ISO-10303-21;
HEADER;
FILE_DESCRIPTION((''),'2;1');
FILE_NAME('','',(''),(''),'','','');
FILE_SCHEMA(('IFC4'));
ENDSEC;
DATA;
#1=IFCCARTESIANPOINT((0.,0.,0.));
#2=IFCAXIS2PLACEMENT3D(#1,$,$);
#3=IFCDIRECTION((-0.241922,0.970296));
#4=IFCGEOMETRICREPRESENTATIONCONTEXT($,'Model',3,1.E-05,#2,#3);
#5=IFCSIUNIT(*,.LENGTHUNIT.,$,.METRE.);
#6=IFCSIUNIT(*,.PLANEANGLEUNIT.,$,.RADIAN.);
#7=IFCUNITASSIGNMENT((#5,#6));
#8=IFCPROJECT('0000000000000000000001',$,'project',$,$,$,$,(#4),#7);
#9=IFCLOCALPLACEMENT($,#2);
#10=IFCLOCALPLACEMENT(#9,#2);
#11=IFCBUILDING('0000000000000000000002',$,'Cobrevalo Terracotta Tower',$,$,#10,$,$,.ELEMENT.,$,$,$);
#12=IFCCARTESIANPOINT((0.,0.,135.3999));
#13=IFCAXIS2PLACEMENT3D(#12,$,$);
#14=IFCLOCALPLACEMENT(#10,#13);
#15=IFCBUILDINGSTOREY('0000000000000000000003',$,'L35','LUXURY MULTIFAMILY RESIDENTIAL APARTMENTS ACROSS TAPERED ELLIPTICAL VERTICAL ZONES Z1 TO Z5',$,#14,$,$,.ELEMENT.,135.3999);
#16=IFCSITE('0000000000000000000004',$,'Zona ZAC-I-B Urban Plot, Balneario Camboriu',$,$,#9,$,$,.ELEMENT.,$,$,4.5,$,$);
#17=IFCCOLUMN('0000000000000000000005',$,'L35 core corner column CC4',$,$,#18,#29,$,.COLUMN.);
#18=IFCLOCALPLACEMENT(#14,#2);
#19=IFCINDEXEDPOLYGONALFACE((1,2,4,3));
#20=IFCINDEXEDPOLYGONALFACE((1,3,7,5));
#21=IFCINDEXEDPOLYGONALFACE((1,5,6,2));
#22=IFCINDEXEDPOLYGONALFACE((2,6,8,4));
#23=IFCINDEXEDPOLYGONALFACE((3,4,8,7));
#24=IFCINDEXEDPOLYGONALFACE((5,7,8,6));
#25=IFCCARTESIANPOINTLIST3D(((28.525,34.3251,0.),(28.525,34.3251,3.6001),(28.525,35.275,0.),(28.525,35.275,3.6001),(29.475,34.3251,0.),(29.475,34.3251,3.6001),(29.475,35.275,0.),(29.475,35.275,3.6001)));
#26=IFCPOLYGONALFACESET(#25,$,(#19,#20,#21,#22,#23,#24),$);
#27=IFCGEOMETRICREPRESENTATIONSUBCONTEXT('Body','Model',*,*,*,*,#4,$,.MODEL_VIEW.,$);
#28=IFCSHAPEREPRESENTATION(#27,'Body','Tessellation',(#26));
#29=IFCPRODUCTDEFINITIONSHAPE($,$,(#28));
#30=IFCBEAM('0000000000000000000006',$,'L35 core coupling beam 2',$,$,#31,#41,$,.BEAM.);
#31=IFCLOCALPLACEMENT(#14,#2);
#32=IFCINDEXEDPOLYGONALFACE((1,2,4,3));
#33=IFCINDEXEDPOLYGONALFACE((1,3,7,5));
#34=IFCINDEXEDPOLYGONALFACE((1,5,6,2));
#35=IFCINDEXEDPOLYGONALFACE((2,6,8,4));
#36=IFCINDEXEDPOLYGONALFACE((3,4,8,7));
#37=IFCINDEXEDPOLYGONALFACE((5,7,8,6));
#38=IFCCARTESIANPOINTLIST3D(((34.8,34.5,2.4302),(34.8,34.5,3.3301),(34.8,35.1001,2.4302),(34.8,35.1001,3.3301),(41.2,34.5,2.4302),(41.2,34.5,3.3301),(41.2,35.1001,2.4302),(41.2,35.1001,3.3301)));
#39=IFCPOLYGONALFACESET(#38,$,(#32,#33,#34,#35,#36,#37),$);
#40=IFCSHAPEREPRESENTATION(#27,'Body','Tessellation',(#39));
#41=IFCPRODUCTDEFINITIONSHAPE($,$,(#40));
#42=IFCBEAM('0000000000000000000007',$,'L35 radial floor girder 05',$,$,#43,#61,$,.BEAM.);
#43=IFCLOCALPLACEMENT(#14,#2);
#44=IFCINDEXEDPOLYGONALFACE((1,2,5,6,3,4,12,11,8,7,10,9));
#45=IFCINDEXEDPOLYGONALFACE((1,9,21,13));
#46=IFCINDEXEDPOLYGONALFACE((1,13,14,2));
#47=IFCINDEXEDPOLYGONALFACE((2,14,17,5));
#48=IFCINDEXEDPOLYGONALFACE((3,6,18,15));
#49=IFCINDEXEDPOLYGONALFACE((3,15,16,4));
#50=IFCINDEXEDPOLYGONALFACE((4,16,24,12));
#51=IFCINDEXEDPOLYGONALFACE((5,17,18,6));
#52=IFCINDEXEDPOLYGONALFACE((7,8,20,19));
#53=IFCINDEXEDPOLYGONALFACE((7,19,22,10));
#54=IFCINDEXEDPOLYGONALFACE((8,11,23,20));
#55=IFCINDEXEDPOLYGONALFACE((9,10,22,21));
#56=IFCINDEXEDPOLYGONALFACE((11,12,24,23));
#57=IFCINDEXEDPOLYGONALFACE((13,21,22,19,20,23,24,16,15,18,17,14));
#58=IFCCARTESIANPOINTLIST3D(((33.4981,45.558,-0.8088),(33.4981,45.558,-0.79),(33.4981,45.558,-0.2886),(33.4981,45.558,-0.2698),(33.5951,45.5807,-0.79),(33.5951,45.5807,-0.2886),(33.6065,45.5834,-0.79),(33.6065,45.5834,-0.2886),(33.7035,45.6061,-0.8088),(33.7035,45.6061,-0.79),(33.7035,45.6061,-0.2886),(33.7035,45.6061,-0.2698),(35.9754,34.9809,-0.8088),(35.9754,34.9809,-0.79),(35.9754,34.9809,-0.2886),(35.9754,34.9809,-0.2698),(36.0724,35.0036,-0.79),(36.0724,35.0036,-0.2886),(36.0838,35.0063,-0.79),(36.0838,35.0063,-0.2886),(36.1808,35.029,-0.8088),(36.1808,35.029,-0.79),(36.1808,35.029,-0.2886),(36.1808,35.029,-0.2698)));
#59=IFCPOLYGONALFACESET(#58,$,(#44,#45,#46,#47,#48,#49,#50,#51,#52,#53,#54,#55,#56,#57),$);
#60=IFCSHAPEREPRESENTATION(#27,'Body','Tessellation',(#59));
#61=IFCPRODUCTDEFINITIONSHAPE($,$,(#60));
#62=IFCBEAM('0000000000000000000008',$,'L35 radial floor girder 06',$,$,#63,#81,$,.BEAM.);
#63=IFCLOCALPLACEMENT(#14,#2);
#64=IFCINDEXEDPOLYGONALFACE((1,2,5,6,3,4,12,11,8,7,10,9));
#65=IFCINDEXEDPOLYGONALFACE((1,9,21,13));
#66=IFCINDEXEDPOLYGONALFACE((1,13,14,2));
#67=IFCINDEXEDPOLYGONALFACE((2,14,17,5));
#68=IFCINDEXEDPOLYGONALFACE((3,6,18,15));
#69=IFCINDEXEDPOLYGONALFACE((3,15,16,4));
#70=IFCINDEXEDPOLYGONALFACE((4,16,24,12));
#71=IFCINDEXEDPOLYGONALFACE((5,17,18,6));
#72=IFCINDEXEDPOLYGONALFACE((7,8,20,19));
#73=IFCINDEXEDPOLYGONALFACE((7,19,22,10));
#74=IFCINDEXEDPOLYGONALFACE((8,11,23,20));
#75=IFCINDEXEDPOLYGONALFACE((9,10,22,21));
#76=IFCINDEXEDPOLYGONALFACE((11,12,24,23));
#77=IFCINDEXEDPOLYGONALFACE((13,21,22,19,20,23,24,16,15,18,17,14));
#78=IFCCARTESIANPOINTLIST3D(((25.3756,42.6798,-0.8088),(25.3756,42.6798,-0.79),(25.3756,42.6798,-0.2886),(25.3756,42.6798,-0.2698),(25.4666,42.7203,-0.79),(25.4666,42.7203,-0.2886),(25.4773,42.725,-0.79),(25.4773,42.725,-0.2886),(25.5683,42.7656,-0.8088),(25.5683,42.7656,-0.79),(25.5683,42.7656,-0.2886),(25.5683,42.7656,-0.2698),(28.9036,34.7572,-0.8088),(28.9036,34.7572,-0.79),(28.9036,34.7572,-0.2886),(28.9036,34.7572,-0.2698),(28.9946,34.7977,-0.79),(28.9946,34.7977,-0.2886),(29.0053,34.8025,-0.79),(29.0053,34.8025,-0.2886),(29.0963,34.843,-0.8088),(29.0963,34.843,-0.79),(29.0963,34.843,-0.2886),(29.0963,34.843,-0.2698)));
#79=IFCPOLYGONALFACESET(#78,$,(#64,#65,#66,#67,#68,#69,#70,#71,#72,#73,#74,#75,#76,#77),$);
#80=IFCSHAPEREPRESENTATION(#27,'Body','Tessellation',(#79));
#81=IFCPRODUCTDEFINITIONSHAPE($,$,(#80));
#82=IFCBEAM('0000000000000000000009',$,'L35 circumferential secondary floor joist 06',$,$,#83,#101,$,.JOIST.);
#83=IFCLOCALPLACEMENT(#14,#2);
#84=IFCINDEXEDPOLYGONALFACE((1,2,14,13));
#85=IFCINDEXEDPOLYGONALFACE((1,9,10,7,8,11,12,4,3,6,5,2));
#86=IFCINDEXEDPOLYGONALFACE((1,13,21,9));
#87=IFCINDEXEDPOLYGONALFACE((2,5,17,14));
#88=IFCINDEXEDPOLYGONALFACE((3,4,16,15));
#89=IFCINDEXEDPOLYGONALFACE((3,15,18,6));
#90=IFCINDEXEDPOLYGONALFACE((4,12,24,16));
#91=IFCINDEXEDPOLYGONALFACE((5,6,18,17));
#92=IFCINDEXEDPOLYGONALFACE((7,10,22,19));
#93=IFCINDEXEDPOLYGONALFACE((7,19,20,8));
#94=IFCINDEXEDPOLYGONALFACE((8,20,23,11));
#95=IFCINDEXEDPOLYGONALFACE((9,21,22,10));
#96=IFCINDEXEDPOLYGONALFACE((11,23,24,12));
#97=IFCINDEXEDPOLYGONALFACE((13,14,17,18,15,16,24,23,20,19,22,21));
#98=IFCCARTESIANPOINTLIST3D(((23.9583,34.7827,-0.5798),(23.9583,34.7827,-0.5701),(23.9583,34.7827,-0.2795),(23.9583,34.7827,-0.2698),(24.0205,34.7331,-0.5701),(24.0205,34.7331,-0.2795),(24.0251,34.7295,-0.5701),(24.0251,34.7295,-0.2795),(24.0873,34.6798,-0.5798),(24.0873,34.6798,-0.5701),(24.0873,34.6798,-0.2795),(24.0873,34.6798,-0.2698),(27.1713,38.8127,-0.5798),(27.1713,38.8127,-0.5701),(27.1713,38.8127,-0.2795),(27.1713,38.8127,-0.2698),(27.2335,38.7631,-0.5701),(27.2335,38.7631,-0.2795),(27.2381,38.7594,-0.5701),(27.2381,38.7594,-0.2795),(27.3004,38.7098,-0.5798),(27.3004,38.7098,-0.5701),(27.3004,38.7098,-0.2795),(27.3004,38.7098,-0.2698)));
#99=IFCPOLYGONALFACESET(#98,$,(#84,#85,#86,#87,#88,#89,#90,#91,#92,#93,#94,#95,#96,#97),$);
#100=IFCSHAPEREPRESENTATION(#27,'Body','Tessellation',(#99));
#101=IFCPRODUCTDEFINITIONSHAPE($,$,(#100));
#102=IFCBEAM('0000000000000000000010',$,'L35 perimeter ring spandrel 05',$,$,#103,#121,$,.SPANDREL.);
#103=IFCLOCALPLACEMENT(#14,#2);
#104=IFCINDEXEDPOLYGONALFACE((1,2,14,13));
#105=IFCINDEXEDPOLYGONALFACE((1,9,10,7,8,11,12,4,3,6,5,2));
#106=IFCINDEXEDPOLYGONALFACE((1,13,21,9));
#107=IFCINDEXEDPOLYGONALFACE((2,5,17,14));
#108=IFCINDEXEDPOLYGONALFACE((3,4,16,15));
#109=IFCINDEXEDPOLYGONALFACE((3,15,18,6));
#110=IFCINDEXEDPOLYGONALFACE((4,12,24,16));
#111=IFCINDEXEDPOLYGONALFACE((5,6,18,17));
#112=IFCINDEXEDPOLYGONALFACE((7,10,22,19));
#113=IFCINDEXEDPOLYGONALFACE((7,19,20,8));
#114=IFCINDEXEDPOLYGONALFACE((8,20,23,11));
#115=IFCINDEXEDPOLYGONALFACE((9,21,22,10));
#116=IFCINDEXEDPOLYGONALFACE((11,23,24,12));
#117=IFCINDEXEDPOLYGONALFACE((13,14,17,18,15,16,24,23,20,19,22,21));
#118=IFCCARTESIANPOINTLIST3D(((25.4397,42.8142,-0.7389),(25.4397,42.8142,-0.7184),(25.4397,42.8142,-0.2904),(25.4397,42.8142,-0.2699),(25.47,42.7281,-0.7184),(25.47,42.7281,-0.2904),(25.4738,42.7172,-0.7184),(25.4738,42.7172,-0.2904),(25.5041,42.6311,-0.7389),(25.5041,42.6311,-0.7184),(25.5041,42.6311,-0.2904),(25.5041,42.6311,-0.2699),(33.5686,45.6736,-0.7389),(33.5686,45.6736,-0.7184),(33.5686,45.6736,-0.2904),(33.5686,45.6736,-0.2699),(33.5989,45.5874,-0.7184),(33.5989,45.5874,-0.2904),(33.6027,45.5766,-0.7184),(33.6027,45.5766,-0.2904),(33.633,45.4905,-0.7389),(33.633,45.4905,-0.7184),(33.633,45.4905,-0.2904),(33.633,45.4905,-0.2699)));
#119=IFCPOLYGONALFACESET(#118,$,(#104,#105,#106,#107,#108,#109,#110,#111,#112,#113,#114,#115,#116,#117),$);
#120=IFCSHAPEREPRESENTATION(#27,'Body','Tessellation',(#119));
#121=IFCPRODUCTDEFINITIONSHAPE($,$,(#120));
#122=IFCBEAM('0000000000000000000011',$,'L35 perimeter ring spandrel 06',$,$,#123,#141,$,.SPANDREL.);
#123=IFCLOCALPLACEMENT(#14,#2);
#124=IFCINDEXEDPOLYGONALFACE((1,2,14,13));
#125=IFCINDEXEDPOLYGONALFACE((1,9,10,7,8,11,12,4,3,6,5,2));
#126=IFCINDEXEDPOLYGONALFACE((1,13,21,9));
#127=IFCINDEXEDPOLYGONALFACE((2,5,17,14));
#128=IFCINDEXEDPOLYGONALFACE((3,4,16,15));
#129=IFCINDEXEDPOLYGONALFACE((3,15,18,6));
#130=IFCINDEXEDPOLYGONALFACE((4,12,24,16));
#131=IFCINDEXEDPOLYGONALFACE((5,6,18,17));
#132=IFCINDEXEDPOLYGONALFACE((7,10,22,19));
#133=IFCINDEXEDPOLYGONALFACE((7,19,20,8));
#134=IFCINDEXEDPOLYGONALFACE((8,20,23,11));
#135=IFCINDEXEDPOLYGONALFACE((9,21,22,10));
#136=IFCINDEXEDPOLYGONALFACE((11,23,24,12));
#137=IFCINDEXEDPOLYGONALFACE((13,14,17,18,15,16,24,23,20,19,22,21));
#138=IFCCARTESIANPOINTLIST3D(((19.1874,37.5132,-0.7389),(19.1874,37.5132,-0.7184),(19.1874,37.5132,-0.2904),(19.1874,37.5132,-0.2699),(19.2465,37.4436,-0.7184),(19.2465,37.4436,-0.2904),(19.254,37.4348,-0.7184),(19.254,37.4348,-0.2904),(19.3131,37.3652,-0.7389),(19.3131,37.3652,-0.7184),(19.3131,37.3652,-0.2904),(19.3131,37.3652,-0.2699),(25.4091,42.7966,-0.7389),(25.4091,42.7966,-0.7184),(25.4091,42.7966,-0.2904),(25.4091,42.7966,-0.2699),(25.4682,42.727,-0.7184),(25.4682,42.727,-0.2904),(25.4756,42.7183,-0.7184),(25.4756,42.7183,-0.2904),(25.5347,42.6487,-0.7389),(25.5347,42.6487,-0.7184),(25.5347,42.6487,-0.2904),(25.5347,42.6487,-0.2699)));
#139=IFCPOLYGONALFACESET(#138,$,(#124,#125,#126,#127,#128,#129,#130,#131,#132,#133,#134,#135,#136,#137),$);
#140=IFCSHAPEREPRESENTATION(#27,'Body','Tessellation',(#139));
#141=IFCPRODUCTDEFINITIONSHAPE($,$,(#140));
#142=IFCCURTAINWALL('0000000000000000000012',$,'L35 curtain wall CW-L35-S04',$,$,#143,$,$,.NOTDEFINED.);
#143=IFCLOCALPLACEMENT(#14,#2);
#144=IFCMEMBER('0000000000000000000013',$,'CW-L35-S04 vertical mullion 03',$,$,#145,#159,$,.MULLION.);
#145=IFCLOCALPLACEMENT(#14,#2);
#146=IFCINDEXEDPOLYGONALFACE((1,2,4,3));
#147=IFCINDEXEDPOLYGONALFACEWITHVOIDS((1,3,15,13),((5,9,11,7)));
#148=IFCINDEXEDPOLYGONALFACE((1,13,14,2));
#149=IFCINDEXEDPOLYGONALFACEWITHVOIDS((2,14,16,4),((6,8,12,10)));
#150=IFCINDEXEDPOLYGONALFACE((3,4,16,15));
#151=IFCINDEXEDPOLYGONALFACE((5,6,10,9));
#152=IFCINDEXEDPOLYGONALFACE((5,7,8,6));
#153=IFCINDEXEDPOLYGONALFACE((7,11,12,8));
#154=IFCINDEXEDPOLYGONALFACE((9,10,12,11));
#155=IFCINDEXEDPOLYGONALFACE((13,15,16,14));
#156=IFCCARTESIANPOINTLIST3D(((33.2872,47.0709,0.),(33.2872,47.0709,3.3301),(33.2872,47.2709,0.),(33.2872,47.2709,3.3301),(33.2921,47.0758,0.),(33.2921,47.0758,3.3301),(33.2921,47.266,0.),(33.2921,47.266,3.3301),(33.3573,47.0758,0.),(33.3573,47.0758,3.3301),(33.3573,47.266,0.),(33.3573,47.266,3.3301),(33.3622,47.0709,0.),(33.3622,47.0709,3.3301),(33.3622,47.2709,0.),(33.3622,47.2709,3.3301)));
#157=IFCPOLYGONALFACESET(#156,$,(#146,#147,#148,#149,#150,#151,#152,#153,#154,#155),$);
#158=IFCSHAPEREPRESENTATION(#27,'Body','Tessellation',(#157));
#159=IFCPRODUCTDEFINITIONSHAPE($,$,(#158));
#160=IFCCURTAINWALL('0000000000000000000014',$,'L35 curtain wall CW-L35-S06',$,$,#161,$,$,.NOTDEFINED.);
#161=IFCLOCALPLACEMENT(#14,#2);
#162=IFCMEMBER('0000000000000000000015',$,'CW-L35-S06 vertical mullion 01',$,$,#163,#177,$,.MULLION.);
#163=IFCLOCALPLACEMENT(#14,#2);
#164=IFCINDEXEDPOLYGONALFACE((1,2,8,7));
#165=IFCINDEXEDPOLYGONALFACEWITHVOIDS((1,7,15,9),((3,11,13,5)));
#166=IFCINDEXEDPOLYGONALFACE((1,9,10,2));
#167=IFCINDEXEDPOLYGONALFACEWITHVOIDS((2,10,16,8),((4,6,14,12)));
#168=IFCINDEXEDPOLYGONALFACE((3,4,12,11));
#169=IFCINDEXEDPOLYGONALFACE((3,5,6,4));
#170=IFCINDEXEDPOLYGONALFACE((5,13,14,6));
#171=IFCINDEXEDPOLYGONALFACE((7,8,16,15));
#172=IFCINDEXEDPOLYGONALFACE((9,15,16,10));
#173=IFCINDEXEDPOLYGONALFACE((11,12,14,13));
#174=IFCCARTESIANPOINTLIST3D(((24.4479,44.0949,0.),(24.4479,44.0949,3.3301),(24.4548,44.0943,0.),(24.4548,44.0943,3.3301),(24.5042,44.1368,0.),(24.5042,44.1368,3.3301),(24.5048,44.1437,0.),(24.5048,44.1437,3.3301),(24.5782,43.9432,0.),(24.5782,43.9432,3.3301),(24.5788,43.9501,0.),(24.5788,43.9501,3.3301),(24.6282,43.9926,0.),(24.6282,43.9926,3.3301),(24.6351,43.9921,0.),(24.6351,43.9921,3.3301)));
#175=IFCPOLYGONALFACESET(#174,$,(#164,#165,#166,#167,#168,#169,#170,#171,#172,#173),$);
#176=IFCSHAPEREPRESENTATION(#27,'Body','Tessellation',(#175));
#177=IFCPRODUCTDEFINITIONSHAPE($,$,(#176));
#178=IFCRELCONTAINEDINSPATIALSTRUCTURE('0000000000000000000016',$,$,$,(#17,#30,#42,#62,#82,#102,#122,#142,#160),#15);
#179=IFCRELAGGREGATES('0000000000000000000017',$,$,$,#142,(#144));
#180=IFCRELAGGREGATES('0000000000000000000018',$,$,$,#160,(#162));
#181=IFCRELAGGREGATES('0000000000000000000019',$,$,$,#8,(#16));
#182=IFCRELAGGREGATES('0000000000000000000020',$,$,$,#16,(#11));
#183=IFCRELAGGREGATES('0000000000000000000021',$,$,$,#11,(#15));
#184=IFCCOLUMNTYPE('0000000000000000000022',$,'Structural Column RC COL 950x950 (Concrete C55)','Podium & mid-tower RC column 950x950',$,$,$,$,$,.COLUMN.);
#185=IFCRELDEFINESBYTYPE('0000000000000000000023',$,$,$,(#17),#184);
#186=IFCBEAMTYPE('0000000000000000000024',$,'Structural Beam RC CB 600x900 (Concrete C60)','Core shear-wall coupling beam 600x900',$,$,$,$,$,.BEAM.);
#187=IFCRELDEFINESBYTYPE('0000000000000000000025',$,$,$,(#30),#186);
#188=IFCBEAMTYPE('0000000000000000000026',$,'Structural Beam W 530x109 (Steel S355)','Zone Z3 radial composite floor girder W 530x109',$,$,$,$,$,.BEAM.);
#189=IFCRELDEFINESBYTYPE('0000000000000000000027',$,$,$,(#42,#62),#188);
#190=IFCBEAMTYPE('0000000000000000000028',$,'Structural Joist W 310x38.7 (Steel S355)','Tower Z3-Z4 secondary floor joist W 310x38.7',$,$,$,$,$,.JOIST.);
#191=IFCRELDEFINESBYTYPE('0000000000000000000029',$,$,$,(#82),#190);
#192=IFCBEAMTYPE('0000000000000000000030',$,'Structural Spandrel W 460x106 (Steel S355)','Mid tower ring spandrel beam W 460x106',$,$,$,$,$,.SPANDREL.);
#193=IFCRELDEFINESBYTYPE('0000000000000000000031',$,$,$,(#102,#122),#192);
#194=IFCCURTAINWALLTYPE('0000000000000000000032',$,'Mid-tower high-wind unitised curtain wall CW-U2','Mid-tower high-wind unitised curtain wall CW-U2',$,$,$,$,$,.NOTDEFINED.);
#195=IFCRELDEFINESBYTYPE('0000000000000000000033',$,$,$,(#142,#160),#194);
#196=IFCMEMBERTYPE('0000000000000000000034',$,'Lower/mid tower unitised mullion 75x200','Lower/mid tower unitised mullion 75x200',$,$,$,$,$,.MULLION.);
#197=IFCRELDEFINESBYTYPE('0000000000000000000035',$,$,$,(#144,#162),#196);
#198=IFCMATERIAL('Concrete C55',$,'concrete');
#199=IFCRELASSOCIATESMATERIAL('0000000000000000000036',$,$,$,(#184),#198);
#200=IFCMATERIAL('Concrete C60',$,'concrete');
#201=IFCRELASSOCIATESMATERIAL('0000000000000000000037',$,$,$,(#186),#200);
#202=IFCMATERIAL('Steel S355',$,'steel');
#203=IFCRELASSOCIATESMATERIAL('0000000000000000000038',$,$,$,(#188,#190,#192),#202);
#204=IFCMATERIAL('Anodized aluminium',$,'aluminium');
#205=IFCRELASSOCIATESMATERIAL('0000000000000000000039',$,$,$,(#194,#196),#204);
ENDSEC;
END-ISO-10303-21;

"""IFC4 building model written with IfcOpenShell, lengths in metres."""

from ifc_helpers import new_model, si_unit, direction, frame, origin, origin_2d, place, context, subcontext, project, spatial, rectangle, hollow_rectangle, i_section, extrude, source, transform, mapped, material, material_profile, profile_set, type_object, element, aggregate, save


model = new_model("IFC4")

# Units and contexts
model_context = context("Model", 3, precision=1e-05, world=origin(), true_north=direction((-0.241922, 0.970296)))
body_context = subcontext(model_context, "Body", "Model", "MODEL_VIEW")
ifc_project = project(units=[si_unit("LENGTHUNIT", "METRE"), si_unit("PLANEANGLEUNIT", "RADIAN")], contexts=[model_context])

# Site, building, storey
site_placement = place(None, origin())
site = spatial("IfcSite", under=ifc_project, at=site_placement, Name="Zona ZAC-I-B Urban Plot, Balneario Camboriu", CompositionType="ELEMENT", RefElevation=4.5)
building_placement = place(site_placement, origin())
building = spatial("IfcBuilding", under=site, at=building_placement, Name="Cobrevalo Terracotta Tower", CompositionType="ELEMENT")
storey_placement = place(building_placement, frame((0.0, 0.0, 135.3999)))
storey = spatial("IfcBuildingStorey", under=building, at=storey_placement, Name="L35", Description="LUXURY MULTIFAMILY RESIDENTIAL APARTMENTS ACROSS TAPERED ELLIPTICAL VERTICAL ZONES Z1 TO Z5", CompositionType="ELEMENT", Elevation=135.3999)

# Column
ifc_material_1 = material(Name="Steel S355", Category="steel")
ifc_material_2 = material(Name="Concrete C55", Category="concrete")
ifc_material_profile_1 = material_profile(ifc_material_2, rectangle(XDim=0.95, YDim=0.95, at=origin_2d()), Name="RC COL 950x950")
ifc_profile_set_1 = profile_set([ifc_material_profile_1], Name="Concrete C55")
column_type_1 = type_object("IfcColumnType", Name="Structural Column RC COL 950x950 (Concrete C55)", Description="Podium & mid-tower RC column 950x950", PredefinedType="COLUMN", material=ifc_profile_set_1)
column_placement = place(storey_placement, frame((29.0, 34.8, 0.0), z_axis=(0.0, 0.0, 1.0), x_axis=(1.0, 0.0, 0.0)))
element("IfcColumn", 1, at=column_placement, inside=storey, type_object=column_type_1, Name="L35 core corner column CC4", PredefinedType="COLUMN", context=body_context, shape_type="SweptSolid", body=[
    extrude(rectangle(XDim=0.95, YDim=0.95, at=origin_2d()), origin(), (0.0, 0.0, 1.0), 3.6001),
])

# Beams
ifc_material_3 = material(Name="Concrete C60", Category="concrete")
ifc_material_profile_2 = material_profile(ifc_material_3, rectangle(XDim=0.6001, YDim=0.8999, at=origin_2d()), Name="RC CB 600x900")
ifc_profile_set_2 = profile_set([ifc_material_profile_2], Name="Concrete C60")
beam_type_1 = type_object("IfcBeamType", Name="Structural Beam RC CB 600x900 (Concrete C60)", Description="Core shear-wall coupling beam 600x900", PredefinedType="BEAM", material=ifc_profile_set_2)
beam_1_placement = place(storey_placement, frame((34.8, 34.8, 2.8801), z_axis=(1.0, 0.0, 0.0), x_axis=(0.0, 1.0, 0.0)))
element("IfcBeam", 2, at=beam_1_placement, inside=storey, type_object=beam_type_1, Name="L35 core coupling beam 2", PredefinedType="BEAM", context=body_context, shape_type="SweptSolid", body=[
    extrude(rectangle(XDim=0.6001, YDim=0.8999, at=origin_2d()), origin(), (0.0, 0.0, 1.0), 6.3999),
])
ifc_material_profile_3 = material_profile(ifc_material_1, i_section(OverallWidth=0.2109, OverallDepth=0.5391, WebThickness=0.0117, FlangeThickness=0.0188, at=origin_2d()), Name="W 530x109")
ifc_profile_set_3 = profile_set([ifc_material_profile_3], Name="Steel S355")
beam_type_2 = type_object("IfcBeamType", Name="Structural Beam W 530x109 (Steel S355)", Description="Zone Z3 radial composite floor girder W 530x109", PredefinedType="BEAM", material=ifc_profile_set_3)
beam_2_placement = place(storey_placement, frame((33.6008, 45.582, -0.5393), z_axis=(0.228041, -0.973652, 0.0), x_axis=(0.973652, 0.228041, 0.0)))
element("IfcBeam", 3, at=beam_2_placement, inside=storey, type_object=beam_type_2, Name="L35 radial floor girder 05", PredefinedType="BEAM", context=body_context, shape_type="SweptSolid", body=[
    extrude(i_section(OverallWidth=0.2109, OverallDepth=0.5391, WebThickness=0.0117, FlangeThickness=0.0188, at=origin_2d()), origin(), (0.0, 0.0, 1.0), 10.8633),
])
beam_3_placement = place(storey_placement, frame((25.4719, 42.7227, -0.5393), z_axis=(0.406804, -0.913515, 0.0), x_axis=(0.913515, 0.406804, 0.0)))
element("IfcBeam", 4, at=beam_3_placement, inside=storey, type_object=beam_type_2, Name="L35 radial floor girder 06", PredefinedType="BEAM", context=body_context, shape_type="SweptSolid", body=[
    extrude(i_section(OverallWidth=0.2109, OverallDepth=0.5391, WebThickness=0.0117, FlangeThickness=0.0188, at=origin_2d()), origin(), (0.0, 0.0, 1.0), 8.6726),
])
ifc_material_profile_4 = material_profile(ifc_material_1, i_section(OverallWidth=0.165, OverallDepth=0.3101, WebThickness=0.0059, FlangeThickness=0.0098, at=origin_2d()), Name="W 310x38.7")
ifc_profile_set_4 = profile_set([ifc_material_profile_4], Name="Steel S355")
beam_type_3 = type_object("IfcBeamType", Name="Structural Joist W 310x38.7 (Steel S355)", Description="Tower Z3-Z4 secondary floor joist W 310x38.7", PredefinedType="JOIST", material=ifc_profile_set_4)
beam_4_placement = place(storey_placement, frame((27.2358, 38.7612, -0.4248), z_axis=(-0.623406, -0.781898, 0.0), x_axis=(0.781898, -0.623406, 0.0)))
element("IfcBeam", 5, at=beam_4_placement, inside=storey, type_object=beam_type_3, Name="L35 circumferential secondary floor joist 06", PredefinedType="JOIST", context=body_context, shape_type="SweptSolid", body=[
    extrude(i_section(OverallWidth=0.165, OverallDepth=0.3101, WebThickness=0.0059, FlangeThickness=0.0098, at=origin_2d()), origin(), (0.0, 0.0, 1.0), 5.1541),
])
ifc_material_profile_5 = material_profile(ifc_material_1, i_section(OverallWidth=0.1941, OverallDepth=0.469, WebThickness=0.0115, FlangeThickness=0.0205, at=origin_2d()), Name="W 460x106")
ifc_profile_set_5 = profile_set([ifc_material_profile_5], Name="Steel S355")
beam_type_4 = type_object("IfcBeamType", Name="Structural Spandrel W 460x106 (Steel S355)", Description="Mid tower ring spandrel beam W 460x106", PredefinedType="SPANDREL", material=ifc_profile_set_5)
beam_5_placement = place(storey_placement, frame((33.6008, 45.582, -0.5044), z_axis=(-0.943341, -0.331824, 0.0), x_axis=(0.331824, -0.943341, 0.0)))
element("IfcBeam", 6, at=beam_5_placement, inside=storey, type_object=beam_type_4, Name="L35 perimeter ring spandrel 05", PredefinedType="SPANDREL", context=body_context, shape_type="SweptSolid", body=[
    extrude(i_section(OverallWidth=0.1941, OverallDepth=0.469, WebThickness=0.0115, FlangeThickness=0.0205, at=origin_2d()), origin(), (0.0, 0.0, 1.0), 8.6172),
])
beam_6_placement = place(storey_placement, frame((25.4719, 42.7227, -0.5044), z_axis=(-0.76224, -0.647294, 0.0), x_axis=(0.647294, -0.76224, 0.0)))
element("IfcBeam", 7, at=beam_6_placement, inside=storey, type_object=beam_type_4, Name="L35 perimeter ring spandrel 06", PredefinedType="SPANDREL", context=body_context, shape_type="SweptSolid", body=[
    extrude(i_section(OverallWidth=0.1941, OverallDepth=0.469, WebThickness=0.0115, FlangeThickness=0.0205, at=origin_2d()), origin(), (0.0, 0.0, 1.0), 8.1624),
])

# Curtain walls, members
ifc_material_4 = material(Name="Anodized aluminium", Category="aluminium")
curtain_wall_type = type_object("IfcCurtainWallType", Name="Mid-tower high-wind unitised curtain wall CW-U2", Description="Mid-tower high-wind unitised curtain wall CW-U2", PredefinedType="NOTDEFINED", material=ifc_material_4)
curtain_wall_1_placement = place(storey_placement, origin())
curtain_wall_1 = element("IfcCurtainWall", 8, at=curtain_wall_1_placement, inside=storey, type_object=curtain_wall_type, Name="L35 curtain wall CW-L35-S04", PredefinedType="NOTDEFINED")
ifc_material_profile_6 = material_profile(ifc_material_4, hollow_rectangle(XDim=0.075, YDim=0.2, WallThickness=0.0049, at=origin_2d()), Name="CWM 75x200")
ifc_profile_set_6 = profile_set([ifc_material_profile_6], Name="Anodized aluminium")
member_type = type_object("IfcMemberType", Name="Lower/mid tower unitised mullion 75x200", Description="Lower/mid tower unitised mullion 75x200", PredefinedType="MULLION", material=ifc_profile_set_6)
shared_shape_1 = source(origin(), body_context, "Body", "SweptSolid", [
    extrude(hollow_rectangle(XDim=0.075, YDim=0.2, WallThickness=0.0049, at=origin_2d()), origin(), (0.0, 0.0, 1.0), 3.3301),
])
member_1_placement = place(storey_placement, frame((33.3247, 47.1709, 0.0), z_axis=(0.0, 0.0, 1.0), x_axis=(-1.0, 0.0, 0.0)))
member_1 = element("IfcMember", 9, at=member_1_placement, type_object=member_type, Name="CW-L35-S04 vertical mullion 03", PredefinedType="MULLION", context=body_context, shape_type="MappedRepresentation", body=[
    mapped(shared_shape_1, transform((0.0, 0.0, 0.0), scale=1.0)),
])
aggregate(curtain_wall_1, [member_1])
curtain_wall_2_placement = place(storey_placement, origin())
curtain_wall_2 = element("IfcCurtainWall", 10, at=curtain_wall_2_placement, inside=storey, type_object=curtain_wall_type, Name="L35 curtain wall CW-L35-S06", PredefinedType="NOTDEFINED")
member_2_placement = place(storey_placement, frame((24.5415, 44.0435, 0.0), z_axis=(0.0, 0.0, 1.0), x_axis=(-0.758442, -0.651741, 0.0)))
member_2 = element("IfcMember", 11, at=member_2_placement, type_object=member_type, Name="CW-L35-S06 vertical mullion 01", PredefinedType="MULLION", context=body_context, shape_type="MappedRepresentation", body=[
    mapped(shared_shape_1, transform((0.0, 0.0, 0.0), scale=1.0)),
])
aggregate(curtain_wall_2, [member_2])

save(model, "model.ifc")
